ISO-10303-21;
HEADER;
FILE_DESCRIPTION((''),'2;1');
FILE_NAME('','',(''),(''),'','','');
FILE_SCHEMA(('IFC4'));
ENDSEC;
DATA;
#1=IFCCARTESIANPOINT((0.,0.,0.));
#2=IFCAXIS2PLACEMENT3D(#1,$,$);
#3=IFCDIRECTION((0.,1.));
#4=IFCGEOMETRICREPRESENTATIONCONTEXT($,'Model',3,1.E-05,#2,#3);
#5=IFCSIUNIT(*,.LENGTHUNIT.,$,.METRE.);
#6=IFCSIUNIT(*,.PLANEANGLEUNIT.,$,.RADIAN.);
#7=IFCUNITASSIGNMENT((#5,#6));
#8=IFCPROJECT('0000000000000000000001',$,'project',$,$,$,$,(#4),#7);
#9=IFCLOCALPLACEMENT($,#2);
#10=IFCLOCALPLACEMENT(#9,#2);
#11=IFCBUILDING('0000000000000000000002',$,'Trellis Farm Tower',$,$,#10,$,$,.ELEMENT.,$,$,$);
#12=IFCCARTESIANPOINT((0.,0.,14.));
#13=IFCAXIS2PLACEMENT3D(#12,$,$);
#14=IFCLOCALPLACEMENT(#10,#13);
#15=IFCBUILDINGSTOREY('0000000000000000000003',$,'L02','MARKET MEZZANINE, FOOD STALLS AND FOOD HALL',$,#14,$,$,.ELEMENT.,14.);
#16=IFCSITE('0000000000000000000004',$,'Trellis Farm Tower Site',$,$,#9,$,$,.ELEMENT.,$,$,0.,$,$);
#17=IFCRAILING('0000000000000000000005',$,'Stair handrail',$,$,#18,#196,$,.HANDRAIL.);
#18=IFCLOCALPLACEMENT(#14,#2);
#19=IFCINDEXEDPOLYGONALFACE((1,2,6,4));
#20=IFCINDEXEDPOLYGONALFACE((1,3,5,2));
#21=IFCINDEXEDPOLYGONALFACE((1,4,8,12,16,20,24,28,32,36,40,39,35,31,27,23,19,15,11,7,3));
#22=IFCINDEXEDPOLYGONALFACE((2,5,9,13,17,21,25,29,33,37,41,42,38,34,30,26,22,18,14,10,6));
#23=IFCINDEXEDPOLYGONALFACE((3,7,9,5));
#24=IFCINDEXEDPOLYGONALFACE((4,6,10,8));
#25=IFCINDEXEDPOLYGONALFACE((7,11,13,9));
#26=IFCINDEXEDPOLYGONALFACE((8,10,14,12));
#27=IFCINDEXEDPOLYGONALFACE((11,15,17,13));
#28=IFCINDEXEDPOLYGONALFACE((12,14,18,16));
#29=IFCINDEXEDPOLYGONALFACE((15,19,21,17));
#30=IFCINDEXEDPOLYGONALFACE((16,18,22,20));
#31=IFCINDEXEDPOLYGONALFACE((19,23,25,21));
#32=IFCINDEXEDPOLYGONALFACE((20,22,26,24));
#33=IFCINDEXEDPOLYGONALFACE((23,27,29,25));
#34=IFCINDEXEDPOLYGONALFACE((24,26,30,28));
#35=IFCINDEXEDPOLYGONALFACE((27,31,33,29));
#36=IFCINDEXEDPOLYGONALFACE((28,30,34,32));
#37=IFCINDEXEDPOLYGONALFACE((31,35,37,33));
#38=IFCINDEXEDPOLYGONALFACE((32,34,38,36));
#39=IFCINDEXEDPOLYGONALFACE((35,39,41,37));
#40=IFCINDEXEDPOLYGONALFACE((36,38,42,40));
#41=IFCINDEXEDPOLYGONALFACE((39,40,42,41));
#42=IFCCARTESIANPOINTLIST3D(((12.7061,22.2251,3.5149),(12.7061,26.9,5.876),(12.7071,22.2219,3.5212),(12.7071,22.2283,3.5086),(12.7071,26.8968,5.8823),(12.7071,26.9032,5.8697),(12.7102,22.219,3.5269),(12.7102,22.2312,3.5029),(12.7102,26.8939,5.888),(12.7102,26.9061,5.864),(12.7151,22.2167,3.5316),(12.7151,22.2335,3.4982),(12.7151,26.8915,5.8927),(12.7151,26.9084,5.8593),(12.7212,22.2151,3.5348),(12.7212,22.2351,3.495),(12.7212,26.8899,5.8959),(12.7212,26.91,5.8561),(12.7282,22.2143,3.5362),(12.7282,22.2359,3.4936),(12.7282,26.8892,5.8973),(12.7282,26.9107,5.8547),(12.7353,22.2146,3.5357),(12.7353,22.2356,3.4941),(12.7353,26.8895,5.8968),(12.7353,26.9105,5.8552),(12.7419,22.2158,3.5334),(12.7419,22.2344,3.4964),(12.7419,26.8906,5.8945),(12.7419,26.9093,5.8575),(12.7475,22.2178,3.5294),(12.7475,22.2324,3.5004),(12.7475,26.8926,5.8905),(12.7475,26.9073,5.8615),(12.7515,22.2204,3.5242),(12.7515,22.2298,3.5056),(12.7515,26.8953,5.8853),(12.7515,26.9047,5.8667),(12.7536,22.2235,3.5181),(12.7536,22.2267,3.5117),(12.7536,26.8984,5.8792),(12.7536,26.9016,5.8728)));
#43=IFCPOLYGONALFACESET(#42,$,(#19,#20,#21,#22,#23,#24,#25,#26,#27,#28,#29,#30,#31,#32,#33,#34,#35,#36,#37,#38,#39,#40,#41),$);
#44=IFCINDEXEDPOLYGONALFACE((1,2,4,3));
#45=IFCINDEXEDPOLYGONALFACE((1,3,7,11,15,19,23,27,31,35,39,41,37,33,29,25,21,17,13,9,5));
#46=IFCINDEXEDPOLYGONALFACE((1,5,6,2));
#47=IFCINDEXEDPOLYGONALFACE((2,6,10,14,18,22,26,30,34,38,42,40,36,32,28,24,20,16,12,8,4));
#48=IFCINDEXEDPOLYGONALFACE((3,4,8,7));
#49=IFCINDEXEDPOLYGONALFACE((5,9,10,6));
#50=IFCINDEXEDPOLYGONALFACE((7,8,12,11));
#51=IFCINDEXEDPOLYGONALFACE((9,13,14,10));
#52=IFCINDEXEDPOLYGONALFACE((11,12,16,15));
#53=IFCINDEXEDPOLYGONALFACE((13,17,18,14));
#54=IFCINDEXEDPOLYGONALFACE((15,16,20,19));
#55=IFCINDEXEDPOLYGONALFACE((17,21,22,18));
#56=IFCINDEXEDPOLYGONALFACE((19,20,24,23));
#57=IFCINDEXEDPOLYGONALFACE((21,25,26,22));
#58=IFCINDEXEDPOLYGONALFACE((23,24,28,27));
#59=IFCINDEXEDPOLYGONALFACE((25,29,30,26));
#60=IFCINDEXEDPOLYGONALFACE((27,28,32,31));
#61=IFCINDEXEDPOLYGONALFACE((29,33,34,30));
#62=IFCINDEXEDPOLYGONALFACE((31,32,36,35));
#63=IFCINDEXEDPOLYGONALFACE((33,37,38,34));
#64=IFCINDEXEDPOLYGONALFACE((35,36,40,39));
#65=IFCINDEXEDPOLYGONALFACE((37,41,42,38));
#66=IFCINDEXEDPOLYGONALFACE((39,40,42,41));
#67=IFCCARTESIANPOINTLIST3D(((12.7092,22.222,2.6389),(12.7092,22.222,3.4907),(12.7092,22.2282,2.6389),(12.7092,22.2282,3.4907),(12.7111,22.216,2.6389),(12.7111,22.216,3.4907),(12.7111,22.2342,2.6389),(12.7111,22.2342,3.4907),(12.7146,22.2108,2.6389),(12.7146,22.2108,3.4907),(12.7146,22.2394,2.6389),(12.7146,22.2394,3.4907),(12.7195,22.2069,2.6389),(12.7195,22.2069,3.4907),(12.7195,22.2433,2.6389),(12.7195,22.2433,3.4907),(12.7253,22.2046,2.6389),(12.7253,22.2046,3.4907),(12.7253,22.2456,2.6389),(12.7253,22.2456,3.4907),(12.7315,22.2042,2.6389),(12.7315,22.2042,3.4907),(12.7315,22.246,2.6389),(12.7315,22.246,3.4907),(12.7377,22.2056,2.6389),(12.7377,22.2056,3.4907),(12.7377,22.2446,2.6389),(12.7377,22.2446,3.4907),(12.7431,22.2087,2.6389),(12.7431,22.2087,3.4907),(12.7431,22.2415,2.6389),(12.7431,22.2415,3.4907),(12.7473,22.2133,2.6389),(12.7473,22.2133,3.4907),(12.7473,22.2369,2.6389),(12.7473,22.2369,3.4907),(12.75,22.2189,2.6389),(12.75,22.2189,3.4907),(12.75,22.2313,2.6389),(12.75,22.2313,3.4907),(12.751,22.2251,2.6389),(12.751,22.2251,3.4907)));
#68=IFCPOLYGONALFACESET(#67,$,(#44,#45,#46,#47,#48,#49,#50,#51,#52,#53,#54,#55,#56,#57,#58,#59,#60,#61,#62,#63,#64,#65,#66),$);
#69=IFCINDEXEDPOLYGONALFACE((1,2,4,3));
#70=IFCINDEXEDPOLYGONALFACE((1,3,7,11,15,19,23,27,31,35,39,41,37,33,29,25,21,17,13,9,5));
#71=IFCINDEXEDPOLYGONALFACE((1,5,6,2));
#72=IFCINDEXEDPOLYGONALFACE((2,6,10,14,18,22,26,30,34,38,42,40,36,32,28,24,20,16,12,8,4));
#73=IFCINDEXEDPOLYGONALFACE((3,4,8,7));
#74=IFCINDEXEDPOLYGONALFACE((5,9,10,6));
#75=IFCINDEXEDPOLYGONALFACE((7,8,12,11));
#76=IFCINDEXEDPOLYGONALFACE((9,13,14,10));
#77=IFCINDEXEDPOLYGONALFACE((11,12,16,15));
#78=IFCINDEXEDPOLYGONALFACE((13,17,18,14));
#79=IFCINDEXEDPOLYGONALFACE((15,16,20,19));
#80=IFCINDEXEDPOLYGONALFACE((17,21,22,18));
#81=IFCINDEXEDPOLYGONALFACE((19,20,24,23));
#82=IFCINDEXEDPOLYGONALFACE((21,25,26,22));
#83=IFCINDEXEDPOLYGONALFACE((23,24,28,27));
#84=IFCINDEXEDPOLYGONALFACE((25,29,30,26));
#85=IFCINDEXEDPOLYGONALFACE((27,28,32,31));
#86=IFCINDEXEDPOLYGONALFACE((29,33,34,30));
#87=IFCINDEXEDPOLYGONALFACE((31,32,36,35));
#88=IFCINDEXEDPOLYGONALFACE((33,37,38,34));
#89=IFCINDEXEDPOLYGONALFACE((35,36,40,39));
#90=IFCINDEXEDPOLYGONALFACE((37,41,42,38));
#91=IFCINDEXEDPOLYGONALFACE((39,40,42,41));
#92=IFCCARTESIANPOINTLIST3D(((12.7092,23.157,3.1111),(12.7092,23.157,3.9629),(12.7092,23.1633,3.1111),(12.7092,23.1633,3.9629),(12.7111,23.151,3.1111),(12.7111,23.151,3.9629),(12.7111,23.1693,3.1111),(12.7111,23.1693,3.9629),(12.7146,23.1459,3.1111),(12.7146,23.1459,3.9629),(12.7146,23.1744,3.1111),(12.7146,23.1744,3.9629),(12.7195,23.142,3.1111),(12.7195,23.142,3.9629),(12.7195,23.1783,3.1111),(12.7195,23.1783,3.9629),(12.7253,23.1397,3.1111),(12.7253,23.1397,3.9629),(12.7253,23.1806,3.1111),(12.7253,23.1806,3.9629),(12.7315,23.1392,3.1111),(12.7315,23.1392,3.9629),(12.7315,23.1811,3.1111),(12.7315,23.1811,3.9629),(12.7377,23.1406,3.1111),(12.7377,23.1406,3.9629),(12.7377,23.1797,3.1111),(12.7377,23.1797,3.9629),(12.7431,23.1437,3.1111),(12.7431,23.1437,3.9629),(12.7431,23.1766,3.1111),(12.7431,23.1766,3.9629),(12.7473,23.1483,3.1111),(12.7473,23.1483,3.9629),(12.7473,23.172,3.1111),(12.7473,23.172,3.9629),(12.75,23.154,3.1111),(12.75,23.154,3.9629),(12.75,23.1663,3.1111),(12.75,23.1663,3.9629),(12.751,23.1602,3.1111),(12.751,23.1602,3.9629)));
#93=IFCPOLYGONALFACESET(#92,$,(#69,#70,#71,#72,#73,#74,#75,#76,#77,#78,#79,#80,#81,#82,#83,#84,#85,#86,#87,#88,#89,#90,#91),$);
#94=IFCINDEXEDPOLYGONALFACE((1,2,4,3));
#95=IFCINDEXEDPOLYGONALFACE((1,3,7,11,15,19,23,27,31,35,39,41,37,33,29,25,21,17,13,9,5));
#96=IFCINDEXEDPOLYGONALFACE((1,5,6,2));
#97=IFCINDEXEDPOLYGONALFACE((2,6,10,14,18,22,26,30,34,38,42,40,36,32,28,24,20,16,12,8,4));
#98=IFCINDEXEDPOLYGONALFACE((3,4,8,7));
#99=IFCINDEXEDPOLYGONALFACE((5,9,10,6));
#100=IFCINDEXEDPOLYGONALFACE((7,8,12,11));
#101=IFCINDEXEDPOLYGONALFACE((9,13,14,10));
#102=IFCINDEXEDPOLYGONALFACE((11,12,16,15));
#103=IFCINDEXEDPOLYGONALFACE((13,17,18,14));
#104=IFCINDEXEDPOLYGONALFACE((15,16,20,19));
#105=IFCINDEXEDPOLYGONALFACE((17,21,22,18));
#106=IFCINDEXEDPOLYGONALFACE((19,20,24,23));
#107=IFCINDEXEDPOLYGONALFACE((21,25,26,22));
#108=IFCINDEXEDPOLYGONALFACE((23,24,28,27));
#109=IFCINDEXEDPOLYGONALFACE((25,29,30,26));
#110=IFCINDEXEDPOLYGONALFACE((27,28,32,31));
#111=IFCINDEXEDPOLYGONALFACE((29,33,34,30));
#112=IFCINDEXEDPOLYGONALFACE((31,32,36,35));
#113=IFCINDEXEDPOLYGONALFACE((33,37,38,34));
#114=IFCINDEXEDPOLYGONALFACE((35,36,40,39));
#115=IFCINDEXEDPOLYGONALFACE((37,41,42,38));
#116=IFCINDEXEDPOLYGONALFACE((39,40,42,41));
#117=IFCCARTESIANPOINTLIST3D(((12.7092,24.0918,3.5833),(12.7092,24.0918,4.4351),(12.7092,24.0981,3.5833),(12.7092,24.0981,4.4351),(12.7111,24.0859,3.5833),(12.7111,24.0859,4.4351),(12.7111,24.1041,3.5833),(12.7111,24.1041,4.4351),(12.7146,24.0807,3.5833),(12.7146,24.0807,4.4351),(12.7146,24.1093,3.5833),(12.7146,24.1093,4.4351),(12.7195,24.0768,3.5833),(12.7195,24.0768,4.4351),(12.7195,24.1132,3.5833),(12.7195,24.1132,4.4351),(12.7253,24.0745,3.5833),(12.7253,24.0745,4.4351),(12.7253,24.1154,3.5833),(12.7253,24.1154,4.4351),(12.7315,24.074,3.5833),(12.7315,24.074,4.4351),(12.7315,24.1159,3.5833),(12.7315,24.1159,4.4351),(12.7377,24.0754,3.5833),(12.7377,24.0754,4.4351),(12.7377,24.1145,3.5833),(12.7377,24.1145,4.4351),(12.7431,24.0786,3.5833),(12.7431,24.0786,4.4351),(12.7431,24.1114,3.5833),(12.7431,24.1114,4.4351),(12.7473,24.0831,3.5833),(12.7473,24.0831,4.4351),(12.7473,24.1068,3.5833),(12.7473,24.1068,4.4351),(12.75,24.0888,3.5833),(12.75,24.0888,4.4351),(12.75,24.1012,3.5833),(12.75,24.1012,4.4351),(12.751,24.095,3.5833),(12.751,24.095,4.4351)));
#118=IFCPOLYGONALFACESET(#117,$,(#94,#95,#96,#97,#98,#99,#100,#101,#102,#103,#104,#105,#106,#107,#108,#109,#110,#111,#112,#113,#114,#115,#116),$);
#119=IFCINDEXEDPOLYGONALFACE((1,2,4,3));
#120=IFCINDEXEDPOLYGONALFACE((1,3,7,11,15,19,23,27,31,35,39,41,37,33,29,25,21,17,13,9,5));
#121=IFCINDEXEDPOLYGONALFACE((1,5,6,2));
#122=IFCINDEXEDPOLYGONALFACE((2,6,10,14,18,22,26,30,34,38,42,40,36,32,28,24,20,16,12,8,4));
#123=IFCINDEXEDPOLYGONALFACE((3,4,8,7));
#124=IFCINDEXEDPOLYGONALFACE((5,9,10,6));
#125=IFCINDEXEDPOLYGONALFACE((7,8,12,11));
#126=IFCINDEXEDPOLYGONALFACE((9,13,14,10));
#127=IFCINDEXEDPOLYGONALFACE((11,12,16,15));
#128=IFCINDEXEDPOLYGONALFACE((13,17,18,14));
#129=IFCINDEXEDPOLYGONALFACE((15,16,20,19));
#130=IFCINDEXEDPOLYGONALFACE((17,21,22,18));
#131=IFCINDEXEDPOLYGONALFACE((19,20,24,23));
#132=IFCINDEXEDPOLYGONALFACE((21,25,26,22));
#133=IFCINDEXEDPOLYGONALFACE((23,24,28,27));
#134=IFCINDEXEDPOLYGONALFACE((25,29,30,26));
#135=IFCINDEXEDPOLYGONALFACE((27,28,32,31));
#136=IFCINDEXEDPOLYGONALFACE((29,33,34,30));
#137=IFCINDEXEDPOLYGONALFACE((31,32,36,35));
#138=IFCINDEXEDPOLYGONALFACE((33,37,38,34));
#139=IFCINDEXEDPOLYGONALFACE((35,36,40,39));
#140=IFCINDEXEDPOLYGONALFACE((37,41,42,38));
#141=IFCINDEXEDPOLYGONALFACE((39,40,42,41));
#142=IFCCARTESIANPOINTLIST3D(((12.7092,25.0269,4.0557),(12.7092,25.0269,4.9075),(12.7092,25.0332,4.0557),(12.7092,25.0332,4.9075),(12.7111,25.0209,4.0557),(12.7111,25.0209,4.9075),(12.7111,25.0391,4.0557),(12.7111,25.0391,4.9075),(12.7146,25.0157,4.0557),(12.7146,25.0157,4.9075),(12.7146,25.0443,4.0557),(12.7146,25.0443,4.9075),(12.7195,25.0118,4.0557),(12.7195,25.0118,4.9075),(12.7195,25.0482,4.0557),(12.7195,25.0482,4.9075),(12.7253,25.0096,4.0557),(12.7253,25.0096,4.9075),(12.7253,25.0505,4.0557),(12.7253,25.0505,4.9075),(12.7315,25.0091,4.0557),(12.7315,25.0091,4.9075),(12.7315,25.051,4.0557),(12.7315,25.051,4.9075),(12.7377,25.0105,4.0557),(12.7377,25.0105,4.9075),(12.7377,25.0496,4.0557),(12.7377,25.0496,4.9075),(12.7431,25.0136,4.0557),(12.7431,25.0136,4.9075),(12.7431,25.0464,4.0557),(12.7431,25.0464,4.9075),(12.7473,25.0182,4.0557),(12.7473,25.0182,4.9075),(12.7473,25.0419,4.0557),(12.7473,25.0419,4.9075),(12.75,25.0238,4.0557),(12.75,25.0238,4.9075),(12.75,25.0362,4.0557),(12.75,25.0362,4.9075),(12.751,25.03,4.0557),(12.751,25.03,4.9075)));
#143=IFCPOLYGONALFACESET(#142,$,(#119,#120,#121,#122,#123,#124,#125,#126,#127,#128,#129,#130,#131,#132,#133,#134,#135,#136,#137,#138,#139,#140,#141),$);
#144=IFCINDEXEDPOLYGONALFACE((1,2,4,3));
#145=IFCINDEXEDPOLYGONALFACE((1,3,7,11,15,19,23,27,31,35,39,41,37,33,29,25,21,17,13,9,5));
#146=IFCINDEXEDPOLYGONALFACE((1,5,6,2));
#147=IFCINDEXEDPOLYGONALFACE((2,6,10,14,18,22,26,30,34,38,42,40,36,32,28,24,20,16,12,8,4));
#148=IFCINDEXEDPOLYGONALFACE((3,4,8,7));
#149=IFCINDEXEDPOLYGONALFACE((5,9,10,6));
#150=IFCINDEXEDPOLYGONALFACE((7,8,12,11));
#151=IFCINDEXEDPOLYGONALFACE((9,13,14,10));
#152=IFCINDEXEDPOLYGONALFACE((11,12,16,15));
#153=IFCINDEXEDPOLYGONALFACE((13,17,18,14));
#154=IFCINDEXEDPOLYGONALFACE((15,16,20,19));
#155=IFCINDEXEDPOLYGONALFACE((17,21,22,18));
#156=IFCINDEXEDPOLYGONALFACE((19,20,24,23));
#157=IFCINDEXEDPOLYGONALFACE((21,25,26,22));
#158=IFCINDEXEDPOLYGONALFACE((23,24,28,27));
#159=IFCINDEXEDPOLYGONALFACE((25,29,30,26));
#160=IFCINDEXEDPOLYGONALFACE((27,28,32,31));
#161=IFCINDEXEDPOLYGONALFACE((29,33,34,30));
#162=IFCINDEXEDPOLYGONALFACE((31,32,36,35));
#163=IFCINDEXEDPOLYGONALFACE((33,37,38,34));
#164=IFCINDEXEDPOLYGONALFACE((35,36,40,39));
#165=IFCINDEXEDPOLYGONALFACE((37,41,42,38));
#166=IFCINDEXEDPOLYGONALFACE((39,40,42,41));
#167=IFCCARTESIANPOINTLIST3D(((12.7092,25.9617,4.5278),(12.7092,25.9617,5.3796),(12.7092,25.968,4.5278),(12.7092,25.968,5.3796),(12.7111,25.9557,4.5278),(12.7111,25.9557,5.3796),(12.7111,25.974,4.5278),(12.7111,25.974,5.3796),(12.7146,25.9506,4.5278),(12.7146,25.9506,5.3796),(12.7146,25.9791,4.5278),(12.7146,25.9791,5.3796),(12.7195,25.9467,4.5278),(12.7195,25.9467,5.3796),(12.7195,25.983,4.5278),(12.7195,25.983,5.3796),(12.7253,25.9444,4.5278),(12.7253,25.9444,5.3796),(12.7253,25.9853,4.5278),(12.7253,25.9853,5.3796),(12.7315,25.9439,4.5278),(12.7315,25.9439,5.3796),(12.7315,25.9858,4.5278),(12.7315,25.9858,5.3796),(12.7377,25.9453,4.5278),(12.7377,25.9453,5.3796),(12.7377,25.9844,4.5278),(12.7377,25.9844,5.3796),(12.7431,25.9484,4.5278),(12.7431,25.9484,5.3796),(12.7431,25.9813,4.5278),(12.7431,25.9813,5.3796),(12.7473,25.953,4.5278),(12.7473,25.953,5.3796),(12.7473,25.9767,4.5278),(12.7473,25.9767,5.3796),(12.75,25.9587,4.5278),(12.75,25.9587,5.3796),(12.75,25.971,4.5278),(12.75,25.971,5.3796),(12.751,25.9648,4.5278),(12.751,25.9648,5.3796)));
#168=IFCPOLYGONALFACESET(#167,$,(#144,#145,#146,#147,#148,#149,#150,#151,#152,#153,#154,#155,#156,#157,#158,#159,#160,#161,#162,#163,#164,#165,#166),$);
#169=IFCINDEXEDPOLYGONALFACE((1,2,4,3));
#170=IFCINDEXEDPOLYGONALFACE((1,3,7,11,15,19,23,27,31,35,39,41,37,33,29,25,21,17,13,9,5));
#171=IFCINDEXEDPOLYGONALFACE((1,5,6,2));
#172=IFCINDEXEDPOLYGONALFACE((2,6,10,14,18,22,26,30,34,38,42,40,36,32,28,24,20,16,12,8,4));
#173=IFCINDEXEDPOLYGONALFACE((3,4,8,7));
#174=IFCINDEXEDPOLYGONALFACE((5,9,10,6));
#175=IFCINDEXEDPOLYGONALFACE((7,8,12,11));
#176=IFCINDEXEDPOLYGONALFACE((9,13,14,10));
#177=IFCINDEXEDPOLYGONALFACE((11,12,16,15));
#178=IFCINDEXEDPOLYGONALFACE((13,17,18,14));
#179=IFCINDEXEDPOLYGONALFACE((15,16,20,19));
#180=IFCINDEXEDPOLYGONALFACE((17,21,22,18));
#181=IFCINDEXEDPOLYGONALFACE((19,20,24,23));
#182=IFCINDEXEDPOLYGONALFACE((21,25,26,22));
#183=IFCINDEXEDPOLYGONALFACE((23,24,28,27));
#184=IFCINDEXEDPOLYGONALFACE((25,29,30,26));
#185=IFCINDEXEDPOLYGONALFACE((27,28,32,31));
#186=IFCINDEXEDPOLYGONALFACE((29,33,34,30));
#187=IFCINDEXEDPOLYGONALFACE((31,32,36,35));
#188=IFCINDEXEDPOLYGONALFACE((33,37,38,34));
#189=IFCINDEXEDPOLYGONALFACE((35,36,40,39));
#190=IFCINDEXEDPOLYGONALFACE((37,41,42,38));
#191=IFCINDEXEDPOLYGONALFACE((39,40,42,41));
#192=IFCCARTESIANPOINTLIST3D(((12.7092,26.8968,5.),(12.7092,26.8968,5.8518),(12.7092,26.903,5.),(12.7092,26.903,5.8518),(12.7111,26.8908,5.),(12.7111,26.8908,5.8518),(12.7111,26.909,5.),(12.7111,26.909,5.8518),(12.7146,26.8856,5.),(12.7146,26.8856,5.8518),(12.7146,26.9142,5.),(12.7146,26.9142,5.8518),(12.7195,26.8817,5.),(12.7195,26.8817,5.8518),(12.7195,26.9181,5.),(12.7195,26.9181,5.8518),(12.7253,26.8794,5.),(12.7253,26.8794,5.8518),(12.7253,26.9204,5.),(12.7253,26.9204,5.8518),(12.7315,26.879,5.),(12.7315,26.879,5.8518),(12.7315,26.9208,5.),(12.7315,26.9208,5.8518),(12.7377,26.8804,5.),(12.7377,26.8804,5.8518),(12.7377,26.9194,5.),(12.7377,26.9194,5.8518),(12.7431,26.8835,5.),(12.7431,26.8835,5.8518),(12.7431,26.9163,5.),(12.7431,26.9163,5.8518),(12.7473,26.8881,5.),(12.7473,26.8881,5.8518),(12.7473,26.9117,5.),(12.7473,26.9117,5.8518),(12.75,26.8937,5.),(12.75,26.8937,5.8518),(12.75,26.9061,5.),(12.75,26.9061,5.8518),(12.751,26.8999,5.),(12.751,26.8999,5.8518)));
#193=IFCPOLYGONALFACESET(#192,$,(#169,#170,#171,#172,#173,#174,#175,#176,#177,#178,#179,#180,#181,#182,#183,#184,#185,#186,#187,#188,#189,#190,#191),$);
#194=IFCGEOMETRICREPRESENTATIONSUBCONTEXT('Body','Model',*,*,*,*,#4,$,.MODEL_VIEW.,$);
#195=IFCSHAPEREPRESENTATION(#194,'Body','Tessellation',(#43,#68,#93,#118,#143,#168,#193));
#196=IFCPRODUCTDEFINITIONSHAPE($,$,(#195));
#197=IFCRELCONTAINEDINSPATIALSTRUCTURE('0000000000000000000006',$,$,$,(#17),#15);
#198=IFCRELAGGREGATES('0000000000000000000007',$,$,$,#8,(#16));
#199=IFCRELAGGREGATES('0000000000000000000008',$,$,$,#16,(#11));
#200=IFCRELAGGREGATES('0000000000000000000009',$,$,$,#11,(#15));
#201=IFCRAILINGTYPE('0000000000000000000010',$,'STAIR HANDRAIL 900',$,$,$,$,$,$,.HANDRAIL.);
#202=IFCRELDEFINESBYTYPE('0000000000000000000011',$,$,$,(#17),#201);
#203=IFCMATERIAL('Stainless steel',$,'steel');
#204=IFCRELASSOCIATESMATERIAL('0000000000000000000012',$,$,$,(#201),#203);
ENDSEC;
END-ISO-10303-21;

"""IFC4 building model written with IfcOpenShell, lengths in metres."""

from ifc_helpers import new_model, si_unit, direction, frame, origin, origin_2d, place, context, subcontext, project, spatial, circle, extrude, source, transform, mapped, material, type_object, element, save


model = new_model("IFC4")

# Units and contexts
model_context = context("Model", 3, precision=1e-05, world=origin(), true_north=direction((0.0, 1.0)))
body_context = subcontext(model_context, "Body", "Model", "MODEL_VIEW")
ifc_project = project(units=[si_unit("LENGTHUNIT", "METRE"), si_unit("PLANEANGLEUNIT", "RADIAN")], contexts=[model_context])

# Site, building, storey
site_placement = place(None, origin())
site = spatial("IfcSite", under=ifc_project, at=site_placement, Name="Trellis Farm Tower Site", CompositionType="ELEMENT", RefElevation=0.0)
building_placement = place(site_placement, origin())
building = spatial("IfcBuilding", under=site, at=building_placement, Name="Trellis Farm Tower", CompositionType="ELEMENT")
storey_placement = place(building_placement, frame((0.0, 0.0, 14.0)))
storey = spatial("IfcBuildingStorey", under=building, at=storey_placement, Name="L02", Description="MARKET MEZZANINE, FOOD STALLS AND FOOD HALL", CompositionType="ELEMENT", Elevation=14.0)

# Railing
ifc_material_1 = material(Name="Stainless steel", Category="steel")
railing_type = type_object("IfcRailingType", Name="STAIR HANDRAIL 900", PredefinedType="HANDRAIL", material=ifc_material_1)
shared_shape_1 = source(origin(), body_context, "Body", "SweptSolid", [
    extrude(circle(Radius=0.0239, at=origin_2d()), frame((0.0, 0.0, 0.876), z_axis=(0.0, 0.892611, 0.450827), x_axis=(-1.0, 0.0, 0.0)), (0.0, 0.0, 1.0), 5.2373),
    extrude(circle(Radius=0.021, at=origin_2d()), origin(), (0.0, 0.0, 1.0), 0.8518),
    extrude(circle(Radius=0.021, at=origin_2d()), frame((0.0, 0.9351, 0.4722)), (0.0, 0.0, 1.0), 0.8518),
    extrude(circle(Radius=0.021, at=origin_2d()), frame((0.0, 1.8699, 0.9443)), (0.0, 0.0, 1.0), 0.8518),
    extrude(circle(Radius=0.021, at=origin_2d()), frame((0.0, 2.8049, 1.4167)), (0.0, 0.0, 1.0), 0.8518),
    extrude(circle(Radius=0.021, at=origin_2d()), frame((0.0, 3.7397, 1.8889)), (0.0, 0.0, 1.0), 0.8518),
    extrude(circle(Radius=0.021, at=origin_2d()), frame((0.0, 4.6748, 2.3611)), (0.0, 0.0, 1.0), 0.8518),
])
for number, where, name in (
    (1, (12.73, 22.2251, 2.6389), "Stair handrail"),
):
    element("IfcRailing", number, at=place(storey_placement, frame(where)), inside=storey, type_object=railing_type, Name=name, PredefinedType="HANDRAIL", context=body_context, shape_type="MappedRepresentation", body=[
        mapped(shared_shape_1, transform((0.0, 0.0, 0.0))),
    ])

save(model, "model.ifc")
